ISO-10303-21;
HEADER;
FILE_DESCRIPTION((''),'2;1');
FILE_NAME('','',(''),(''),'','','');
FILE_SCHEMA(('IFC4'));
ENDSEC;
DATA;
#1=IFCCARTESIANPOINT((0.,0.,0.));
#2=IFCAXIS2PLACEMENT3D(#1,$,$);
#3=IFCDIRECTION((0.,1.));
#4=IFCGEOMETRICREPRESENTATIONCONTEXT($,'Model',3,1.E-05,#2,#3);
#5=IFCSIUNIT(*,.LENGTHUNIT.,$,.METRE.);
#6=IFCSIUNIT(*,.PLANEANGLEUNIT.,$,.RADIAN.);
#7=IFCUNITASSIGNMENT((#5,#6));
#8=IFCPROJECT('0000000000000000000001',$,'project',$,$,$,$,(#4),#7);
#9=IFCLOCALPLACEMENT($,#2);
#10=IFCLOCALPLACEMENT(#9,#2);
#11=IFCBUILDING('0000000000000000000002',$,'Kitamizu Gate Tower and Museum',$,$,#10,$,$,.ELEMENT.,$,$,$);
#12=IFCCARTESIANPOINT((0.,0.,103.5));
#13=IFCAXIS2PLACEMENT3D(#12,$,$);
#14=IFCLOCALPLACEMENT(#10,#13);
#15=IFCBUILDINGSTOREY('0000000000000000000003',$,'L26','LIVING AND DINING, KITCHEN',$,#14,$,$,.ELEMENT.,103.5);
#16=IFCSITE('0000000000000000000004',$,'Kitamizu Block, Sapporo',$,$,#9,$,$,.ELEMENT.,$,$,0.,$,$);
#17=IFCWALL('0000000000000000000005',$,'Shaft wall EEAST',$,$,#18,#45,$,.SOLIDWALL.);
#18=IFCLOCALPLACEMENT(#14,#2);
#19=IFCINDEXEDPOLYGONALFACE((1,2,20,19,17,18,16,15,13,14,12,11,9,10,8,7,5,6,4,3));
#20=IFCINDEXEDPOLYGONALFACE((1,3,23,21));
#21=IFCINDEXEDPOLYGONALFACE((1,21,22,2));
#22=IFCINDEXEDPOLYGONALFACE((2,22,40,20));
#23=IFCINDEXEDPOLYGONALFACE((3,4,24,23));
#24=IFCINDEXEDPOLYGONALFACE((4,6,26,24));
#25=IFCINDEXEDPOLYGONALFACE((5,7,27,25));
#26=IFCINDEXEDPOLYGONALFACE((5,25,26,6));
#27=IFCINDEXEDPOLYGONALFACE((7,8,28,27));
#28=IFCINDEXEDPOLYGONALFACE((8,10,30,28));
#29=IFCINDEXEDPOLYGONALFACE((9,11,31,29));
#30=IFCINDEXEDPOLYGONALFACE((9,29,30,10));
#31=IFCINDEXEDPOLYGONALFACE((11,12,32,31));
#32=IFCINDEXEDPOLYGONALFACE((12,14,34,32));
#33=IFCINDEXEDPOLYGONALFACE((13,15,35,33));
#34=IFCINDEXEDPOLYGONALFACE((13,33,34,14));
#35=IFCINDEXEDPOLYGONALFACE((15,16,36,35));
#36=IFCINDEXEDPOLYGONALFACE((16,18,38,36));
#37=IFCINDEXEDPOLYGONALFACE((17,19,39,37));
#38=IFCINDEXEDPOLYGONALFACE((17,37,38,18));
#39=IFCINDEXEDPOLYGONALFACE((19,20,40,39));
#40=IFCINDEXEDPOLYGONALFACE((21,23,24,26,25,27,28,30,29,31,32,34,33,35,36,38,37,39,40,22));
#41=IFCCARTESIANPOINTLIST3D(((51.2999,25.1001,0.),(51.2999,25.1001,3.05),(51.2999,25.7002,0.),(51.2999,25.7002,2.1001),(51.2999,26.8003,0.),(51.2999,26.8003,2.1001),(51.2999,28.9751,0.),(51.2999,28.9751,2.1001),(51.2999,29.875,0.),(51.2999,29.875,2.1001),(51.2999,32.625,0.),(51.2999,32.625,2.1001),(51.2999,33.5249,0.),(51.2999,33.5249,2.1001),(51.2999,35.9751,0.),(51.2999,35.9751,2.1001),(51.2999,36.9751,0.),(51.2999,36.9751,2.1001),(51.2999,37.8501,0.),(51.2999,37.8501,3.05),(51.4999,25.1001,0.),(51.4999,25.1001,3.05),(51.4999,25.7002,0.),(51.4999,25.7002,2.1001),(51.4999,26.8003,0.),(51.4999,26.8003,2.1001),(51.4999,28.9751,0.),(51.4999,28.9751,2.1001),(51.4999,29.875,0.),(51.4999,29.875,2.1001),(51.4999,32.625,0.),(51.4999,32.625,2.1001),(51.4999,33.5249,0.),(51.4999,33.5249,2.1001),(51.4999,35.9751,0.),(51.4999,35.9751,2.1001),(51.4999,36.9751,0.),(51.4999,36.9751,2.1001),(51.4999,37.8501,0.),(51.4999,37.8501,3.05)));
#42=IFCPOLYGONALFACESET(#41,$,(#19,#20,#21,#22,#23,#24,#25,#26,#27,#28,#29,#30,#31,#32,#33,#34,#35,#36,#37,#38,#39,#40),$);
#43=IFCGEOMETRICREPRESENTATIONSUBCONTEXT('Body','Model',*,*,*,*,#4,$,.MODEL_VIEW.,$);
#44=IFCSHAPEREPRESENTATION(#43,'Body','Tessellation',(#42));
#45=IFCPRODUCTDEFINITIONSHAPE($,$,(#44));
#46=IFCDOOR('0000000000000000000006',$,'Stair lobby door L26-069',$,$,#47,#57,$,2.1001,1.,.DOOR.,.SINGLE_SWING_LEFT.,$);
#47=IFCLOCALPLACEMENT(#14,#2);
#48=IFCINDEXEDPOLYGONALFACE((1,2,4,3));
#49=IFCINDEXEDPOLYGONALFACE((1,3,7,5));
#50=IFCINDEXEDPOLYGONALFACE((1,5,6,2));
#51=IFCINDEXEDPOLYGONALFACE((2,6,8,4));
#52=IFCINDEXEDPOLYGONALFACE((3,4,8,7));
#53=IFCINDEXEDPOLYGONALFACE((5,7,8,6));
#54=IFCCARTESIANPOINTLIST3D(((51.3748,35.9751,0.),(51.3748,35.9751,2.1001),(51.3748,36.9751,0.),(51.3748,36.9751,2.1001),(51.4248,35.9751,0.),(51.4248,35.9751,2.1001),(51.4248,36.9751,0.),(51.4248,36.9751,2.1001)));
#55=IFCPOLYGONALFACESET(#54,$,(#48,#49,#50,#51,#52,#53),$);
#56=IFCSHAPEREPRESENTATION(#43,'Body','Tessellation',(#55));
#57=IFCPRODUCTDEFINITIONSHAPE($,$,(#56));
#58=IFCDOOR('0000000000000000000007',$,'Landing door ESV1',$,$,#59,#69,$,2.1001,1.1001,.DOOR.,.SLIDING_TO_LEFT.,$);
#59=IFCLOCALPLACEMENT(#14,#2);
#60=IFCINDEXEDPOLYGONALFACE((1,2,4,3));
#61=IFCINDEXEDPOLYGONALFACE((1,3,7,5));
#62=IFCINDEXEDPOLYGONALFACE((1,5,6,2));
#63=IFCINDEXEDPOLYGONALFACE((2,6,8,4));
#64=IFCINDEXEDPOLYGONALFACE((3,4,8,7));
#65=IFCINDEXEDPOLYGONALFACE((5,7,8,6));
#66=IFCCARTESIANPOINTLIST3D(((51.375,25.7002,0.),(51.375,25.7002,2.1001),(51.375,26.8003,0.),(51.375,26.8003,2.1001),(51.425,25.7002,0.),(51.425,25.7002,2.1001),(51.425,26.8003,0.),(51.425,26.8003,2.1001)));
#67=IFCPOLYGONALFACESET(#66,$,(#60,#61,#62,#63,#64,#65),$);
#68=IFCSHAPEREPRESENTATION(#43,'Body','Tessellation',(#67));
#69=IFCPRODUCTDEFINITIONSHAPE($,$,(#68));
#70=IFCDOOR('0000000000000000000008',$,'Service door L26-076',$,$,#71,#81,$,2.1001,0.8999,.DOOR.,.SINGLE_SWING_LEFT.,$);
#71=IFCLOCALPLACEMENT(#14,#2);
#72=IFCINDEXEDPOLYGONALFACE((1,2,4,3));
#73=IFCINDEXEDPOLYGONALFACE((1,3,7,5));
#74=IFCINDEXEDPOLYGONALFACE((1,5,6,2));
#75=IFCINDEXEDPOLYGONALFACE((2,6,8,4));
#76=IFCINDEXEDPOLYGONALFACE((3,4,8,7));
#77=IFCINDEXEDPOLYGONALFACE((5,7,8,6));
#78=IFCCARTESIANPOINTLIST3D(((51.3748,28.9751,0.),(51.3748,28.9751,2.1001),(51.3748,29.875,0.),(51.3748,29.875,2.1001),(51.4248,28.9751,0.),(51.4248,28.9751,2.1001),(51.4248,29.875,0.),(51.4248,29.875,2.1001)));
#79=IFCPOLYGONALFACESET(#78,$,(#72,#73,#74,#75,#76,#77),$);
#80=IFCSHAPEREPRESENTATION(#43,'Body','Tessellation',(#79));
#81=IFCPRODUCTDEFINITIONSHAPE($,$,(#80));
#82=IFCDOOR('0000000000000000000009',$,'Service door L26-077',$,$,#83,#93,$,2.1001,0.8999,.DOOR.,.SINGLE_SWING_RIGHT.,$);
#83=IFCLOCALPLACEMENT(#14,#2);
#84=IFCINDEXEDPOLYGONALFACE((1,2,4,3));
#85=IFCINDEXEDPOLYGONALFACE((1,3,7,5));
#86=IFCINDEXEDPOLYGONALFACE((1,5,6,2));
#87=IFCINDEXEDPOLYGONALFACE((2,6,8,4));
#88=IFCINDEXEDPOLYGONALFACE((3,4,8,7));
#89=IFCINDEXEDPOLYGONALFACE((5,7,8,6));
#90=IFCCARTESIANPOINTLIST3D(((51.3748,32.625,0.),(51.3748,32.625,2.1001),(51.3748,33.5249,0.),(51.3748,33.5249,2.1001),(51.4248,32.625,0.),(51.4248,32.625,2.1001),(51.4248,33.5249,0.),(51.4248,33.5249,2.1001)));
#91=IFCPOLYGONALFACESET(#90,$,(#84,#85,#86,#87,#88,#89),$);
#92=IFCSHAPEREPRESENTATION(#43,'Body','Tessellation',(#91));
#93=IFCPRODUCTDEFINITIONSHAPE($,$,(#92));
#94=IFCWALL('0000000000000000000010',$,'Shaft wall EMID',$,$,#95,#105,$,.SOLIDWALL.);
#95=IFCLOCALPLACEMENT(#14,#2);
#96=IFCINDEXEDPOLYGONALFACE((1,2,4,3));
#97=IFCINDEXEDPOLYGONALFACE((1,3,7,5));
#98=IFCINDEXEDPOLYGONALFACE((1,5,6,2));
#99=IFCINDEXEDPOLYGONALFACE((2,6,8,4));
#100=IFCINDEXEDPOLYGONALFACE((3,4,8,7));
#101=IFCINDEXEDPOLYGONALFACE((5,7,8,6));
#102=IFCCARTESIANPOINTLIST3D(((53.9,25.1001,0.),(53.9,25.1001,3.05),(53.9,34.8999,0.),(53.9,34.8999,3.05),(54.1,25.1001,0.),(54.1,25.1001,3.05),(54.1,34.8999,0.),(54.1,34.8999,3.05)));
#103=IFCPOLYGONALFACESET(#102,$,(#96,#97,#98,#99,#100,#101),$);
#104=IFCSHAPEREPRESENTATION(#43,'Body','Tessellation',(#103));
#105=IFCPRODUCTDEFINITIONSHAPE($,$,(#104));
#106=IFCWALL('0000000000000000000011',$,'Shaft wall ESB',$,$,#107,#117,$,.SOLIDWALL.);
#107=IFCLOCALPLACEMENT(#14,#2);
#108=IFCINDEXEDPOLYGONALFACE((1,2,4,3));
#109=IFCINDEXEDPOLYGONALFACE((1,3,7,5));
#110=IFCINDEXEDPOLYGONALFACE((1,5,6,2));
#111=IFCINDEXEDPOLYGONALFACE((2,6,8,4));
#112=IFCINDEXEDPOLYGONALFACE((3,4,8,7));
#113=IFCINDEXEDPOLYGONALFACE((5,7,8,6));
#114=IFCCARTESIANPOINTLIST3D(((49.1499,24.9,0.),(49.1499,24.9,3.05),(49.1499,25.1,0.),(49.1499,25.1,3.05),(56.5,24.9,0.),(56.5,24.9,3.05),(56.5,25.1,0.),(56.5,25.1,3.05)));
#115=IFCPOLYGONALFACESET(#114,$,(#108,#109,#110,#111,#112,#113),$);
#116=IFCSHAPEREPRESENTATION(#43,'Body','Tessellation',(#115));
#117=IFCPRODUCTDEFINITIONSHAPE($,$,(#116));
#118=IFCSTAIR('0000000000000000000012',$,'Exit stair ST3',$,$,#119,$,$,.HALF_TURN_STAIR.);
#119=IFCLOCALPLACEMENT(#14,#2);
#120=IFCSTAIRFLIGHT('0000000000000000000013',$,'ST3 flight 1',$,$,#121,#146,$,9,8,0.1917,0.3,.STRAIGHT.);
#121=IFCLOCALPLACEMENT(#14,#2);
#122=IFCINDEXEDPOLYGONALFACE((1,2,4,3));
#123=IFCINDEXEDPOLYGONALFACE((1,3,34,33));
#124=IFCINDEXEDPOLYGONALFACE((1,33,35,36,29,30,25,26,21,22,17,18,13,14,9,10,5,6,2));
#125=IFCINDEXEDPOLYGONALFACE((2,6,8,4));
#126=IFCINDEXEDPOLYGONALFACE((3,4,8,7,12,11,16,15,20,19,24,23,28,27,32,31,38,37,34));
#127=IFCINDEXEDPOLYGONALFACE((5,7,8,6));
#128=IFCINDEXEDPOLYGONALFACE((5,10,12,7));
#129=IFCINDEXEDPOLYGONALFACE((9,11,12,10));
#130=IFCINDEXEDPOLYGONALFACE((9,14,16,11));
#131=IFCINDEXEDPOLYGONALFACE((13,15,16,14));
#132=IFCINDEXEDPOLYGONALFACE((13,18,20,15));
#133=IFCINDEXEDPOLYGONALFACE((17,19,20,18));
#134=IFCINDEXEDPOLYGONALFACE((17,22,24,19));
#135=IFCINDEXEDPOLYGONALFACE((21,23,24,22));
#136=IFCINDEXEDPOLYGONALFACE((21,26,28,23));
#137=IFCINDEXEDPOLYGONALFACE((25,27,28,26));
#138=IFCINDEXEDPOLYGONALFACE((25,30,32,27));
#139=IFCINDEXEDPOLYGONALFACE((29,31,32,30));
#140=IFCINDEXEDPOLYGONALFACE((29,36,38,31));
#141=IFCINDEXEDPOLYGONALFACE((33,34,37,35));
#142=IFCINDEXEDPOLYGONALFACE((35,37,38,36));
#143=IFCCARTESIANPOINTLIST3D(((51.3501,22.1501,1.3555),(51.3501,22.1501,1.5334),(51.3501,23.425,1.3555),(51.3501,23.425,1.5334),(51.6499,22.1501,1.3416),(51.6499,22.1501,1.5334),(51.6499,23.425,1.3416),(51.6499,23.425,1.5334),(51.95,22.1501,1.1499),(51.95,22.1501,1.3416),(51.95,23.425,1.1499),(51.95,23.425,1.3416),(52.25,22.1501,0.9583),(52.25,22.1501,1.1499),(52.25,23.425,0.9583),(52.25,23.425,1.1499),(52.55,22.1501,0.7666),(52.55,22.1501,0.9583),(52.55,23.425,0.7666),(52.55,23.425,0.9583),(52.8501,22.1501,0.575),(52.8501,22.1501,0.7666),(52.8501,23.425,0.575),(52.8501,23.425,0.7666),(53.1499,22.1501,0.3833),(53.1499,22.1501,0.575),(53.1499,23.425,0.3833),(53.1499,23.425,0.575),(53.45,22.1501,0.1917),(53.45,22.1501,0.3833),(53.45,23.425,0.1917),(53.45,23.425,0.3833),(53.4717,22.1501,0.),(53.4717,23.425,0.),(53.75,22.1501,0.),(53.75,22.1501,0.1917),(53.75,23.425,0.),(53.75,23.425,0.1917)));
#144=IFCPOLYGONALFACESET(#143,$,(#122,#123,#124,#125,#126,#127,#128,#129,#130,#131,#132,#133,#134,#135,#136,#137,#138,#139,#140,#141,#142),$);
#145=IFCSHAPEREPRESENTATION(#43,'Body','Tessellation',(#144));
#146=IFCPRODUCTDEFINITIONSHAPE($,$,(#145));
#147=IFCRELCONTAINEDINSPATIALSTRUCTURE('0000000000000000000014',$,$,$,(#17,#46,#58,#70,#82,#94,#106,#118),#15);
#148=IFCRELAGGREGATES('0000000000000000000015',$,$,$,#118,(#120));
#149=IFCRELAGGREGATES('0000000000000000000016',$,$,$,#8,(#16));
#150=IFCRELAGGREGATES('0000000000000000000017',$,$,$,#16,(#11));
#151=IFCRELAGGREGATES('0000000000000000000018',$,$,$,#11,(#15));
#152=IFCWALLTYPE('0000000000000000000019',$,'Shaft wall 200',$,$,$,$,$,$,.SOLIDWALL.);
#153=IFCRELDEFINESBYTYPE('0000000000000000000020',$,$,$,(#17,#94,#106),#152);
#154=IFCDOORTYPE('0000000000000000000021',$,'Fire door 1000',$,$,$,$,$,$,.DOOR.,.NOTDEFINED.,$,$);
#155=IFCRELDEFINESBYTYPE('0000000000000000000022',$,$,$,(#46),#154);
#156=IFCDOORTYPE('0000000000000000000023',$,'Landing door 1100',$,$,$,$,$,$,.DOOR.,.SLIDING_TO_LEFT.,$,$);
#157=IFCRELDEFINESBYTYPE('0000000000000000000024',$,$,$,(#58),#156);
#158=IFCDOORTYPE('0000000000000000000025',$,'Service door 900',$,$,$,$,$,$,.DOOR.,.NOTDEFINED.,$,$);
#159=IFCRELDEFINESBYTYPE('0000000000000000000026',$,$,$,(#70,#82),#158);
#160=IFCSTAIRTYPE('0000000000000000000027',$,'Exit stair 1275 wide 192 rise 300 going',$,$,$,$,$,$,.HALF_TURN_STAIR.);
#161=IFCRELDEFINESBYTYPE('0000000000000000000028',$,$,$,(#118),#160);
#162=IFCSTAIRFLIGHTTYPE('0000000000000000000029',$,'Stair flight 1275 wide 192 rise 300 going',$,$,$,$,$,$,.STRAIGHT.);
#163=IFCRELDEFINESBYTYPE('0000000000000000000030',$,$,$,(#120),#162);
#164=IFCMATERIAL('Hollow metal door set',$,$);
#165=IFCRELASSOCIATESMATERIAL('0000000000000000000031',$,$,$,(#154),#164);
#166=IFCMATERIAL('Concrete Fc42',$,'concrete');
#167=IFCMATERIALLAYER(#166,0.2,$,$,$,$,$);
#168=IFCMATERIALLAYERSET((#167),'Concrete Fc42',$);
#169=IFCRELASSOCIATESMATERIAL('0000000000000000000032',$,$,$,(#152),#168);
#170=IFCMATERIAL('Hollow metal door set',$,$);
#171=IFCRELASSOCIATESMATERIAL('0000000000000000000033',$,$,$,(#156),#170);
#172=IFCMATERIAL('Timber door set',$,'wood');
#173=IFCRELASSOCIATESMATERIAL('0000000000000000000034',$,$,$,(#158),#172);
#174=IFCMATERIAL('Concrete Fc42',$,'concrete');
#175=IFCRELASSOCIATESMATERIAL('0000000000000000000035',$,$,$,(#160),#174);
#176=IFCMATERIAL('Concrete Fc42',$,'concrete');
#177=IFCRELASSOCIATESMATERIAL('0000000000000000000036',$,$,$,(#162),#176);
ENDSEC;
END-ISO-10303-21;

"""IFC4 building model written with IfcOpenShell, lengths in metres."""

from ifc_helpers import new_model, si_unit, direction, frame, frame_2d, origin, place, context, subcontext, project, spatial, polyline, rectangle, outline, extrude, material, layer, layer_set, type_object, element, fill, aggregate, save


model = new_model("IFC4")

# Units and contexts
model_context = context("Model", 3, precision=1e-05, world=origin(), true_north=direction((0.0, 1.0)))
body_context = subcontext(model_context, "Body", "Model", "MODEL_VIEW")
ifc_project = project(units=[si_unit("LENGTHUNIT", "METRE"), si_unit("PLANEANGLEUNIT", "RADIAN")], contexts=[model_context])

# Site, building, storey
site_placement = place(None, origin())
site = spatial("IfcSite", under=ifc_project, at=site_placement, Name="Kitamizu Block, Sapporo", CompositionType="ELEMENT", RefElevation=0.0)
building_placement = place(site_placement, origin())
building = spatial("IfcBuilding", under=site, at=building_placement, Name="Kitamizu Gate Tower and Museum", CompositionType="ELEMENT")
storey_placement = place(building_placement, frame((0.0, 0.0, 103.5)))
storey = spatial("IfcBuildingStorey", under=building, at=storey_placement, Name="L26", Description="LIVING AND DINING, KITCHEN", CompositionType="ELEMENT", Elevation=103.5)

# Wall, openings, doors
ifc_material_1 = material(Name="Hollow metal door set")
door_type_1 = type_object("IfcDoorType", Name="Fire door 1000", OperationType="NOTDEFINED", PredefinedType="DOOR", material=ifc_material_1)
ifc_material_2 = material(Name="Concrete Fc42", Category="concrete")
ifc_layer_1 = layer(ifc_material_2, 0.2)
ifc_layer_set_1 = layer_set([ifc_layer_1], Name="Concrete Fc42")
wall_type_1 = type_object("IfcWallType", Name="Shaft wall 200", PredefinedType="SOLIDWALL", material=ifc_layer_set_1)
ifc_material_3 = material(Name="Hollow metal door set")
door_type_2 = type_object("IfcDoorType", Name="Landing door 1100", OperationType="SLIDING_TO_LEFT", PredefinedType="DOOR", material=ifc_material_3)
wall_1_placement = place(storey_placement, frame((51.3999, 25.1001, 0.0), z_axis=(0.0, 0.0, 1.0), x_axis=(0.0, 1.0, 0.0)))
wall_1 = element("IfcWall", 1, at=wall_1_placement, inside=storey, type_object=wall_type_1, Name="Shaft wall EEAST", PredefinedType="SOLIDWALL", context=body_context, shape_type="SweptSolid", body=[
    extrude(rectangle(XDim=12.75, YDim=0.2, at=frame_2d((6.375, 0.0))), origin(), (0.0, 0.0, 1.0), 3.05),
])
opening_1_placement = place(wall_1_placement, frame((0.6001, 0.0, 0.0)))
opening_1 = element("IfcOpeningElement", 2, at=opening_1_placement, cuts=wall_1, PredefinedType="OPENING", context=body_context, shape_type="SweptSolid", body=[
    extrude(rectangle(XDim=1.1001, YDim=2.1001, at=frame_2d((0.55, 1.05))), frame((0.0, 0.1099, 0.0), z_axis=(0.0, -1.0, 0.0), x_axis=(1.0, 0.0, 0.0)), (0.0, 0.0, 1.0), 0.22),
])
opening_2_placement = place(wall_1_placement, frame((10.875, 0.0, 0.0)))
opening_2 = element("IfcOpeningElement", 3, at=opening_2_placement, cuts=wall_1, PredefinedType="OPENING", context=body_context, shape_type="SweptSolid", body=[
    extrude(rectangle(XDim=1.0, YDim=2.1001, at=frame_2d((0.5, 1.05))), frame((0.0, 0.1099, 0.0), z_axis=(0.0, -1.0, 0.0), x_axis=(1.0, 0.0, 0.0)), (0.0, 0.0, 1.0), 0.22),
])
opening_3_placement = place(wall_1_placement, frame((3.875, 0.0, 0.0)))
opening_3 = element("IfcOpeningElement", 4, at=opening_3_placement, cuts=wall_1, PredefinedType="OPENING", context=body_context, shape_type="SweptSolid", body=[
    extrude(rectangle(XDim=0.8999, YDim=2.1001, at=frame_2d((0.45, 1.05))), frame((0.0, 0.1099, 0.0), z_axis=(0.0, -1.0, 0.0), x_axis=(1.0, 0.0, 0.0)), (0.0, 0.0, 1.0), 0.22),
])
opening_4_placement = place(wall_1_placement, frame((7.5249, 0.0, 0.0)))
opening_4 = element("IfcOpeningElement", 5, at=opening_4_placement, cuts=wall_1, PredefinedType="OPENING", context=body_context, shape_type="SweptSolid", body=[
    extrude(rectangle(XDim=0.8999, YDim=2.1001, at=frame_2d((0.45, 1.05))), frame((0.0, 0.1099, 0.0), z_axis=(0.0, -1.0, 0.0), x_axis=(1.0, 0.0, 0.0)), (0.0, 0.0, 1.0), 0.22),
])
door_1_placement = place(opening_2_placement, frame((1.0, 0.0, 0.0), x_axis=(-1.0, 0.0, 0.0)))
door_1 = element("IfcDoor", 6, at=door_1_placement, inside=storey, type_object=door_type_1, Name="Stair lobby door L26-069", OperationType="SINGLE_SWING_LEFT", OverallHeight=2.1001, OverallWidth=1.0, PredefinedType="DOOR", context=body_context, shape_type="SweptSolid", body=[
    extrude(rectangle(XDim=1.0, YDim=2.1001, at=frame_2d((0.5, 1.05))), frame((0.0, 0.0249, 0.0), z_axis=(0.0, -1.0, 0.0), x_axis=(1.0, 0.0, 0.0)), (0.0, 0.0, 1.0), 0.05),
])
fill(opening_2, door_1)
door_2_placement = place(opening_1_placement, origin())
door_2 = element("IfcDoor", 7, at=door_2_placement, inside=storey, type_object=door_type_2, Name="Landing door ESV1", OperationType="SLIDING_TO_LEFT", OverallHeight=2.1001, OverallWidth=1.1001, PredefinedType="DOOR", context=body_context, shape_type="SweptSolid", body=[
    extrude(rectangle(XDim=1.1001, YDim=2.1001, at=frame_2d((0.55, 1.05))), frame((0.0, 0.0249, 0.0), z_axis=(0.0, -1.0, 0.0), x_axis=(1.0, 0.0, 0.0)), (0.0, 0.0, 1.0), 0.05),
])
fill(opening_1, door_2)
ifc_material_4 = material(Name="Timber door set", Category="wood")
door_type_3 = type_object("IfcDoorType", Name="Service door 900", OperationType="NOTDEFINED", PredefinedType="DOOR", material=ifc_material_4)
door_3_placement = place(opening_3_placement, frame((0.8999, 0.0, 0.0), x_axis=(-1.0, 0.0, 0.0)))
door_3 = element("IfcDoor", 8, at=door_3_placement, inside=storey, type_object=door_type_3, Name="Service door L26-076", OperationType="SINGLE_SWING_LEFT", OverallHeight=2.1001, OverallWidth=0.8999, PredefinedType="DOOR", context=body_context, shape_type="SweptSolid", body=[
    extrude(rectangle(XDim=0.8999, YDim=2.1001, at=frame_2d((0.45, 1.05))), frame((0.0, 0.0249, 0.0), z_axis=(0.0, -1.0, 0.0), x_axis=(1.0, 0.0, 0.0)), (0.0, 0.0, 1.0), 0.05),
])
fill(opening_3, door_3)
door_4_placement = place(opening_4_placement, frame((0.8999, 0.0, 0.0), x_axis=(-1.0, 0.0, 0.0)))
door_4 = element("IfcDoor", 9, at=door_4_placement, inside=storey, type_object=door_type_3, Name="Service door L26-077", OperationType="SINGLE_SWING_RIGHT", OverallHeight=2.1001, OverallWidth=0.8999, PredefinedType="DOOR", context=body_context, shape_type="SweptSolid", body=[
    extrude(rectangle(XDim=0.8999, YDim=2.1001, at=frame_2d((0.45, 1.05))), frame((0.0, 0.0249, 0.0), z_axis=(0.0, -1.0, 0.0), x_axis=(1.0, 0.0, 0.0)), (0.0, 0.0, 1.0), 0.05),
])
fill(opening_4, door_4)

# Walls
wall_2_placement = place(storey_placement, frame((54.0, 25.1001, 0.0), z_axis=(0.0, 0.0, 1.0), x_axis=(0.0, 1.0, 0.0)))
element("IfcWall", 10, at=wall_2_placement, inside=storey, type_object=wall_type_1, Name="Shaft wall EMID", PredefinedType="SOLIDWALL", context=body_context, shape_type="SweptSolid", body=[
    extrude(rectangle(XDim=9.7998, YDim=0.2, at=frame_2d((4.8999, 0.0))), origin(), (0.0, 0.0, 1.0), 3.05),
])
wall_3_placement = place(storey_placement, frame((56.5, 25.0, 0.0), z_axis=(0.0, 0.0, 1.0), x_axis=(-1.0, 0.0, 0.0)))
element("IfcWall", 11, at=wall_3_placement, inside=storey, type_object=wall_type_1, Name="Shaft wall ESB", PredefinedType="SOLIDWALL", context=body_context, shape_type="SweptSolid", body=[
    extrude(rectangle(XDim=7.3501, YDim=0.2, at=frame_2d((3.675, 0.0))), origin(), (0.0, 0.0, 1.0), 3.05),
])

# Stair, stair flight
ifc_material_5 = material(Name="Concrete Fc42", Category="concrete")
stair_type = type_object("IfcStairType", Name="Exit stair 1275 wide 192 rise 300 going", PredefinedType="HALF_TURN_STAIR", material=ifc_material_5)
stair_placement = place(storey_placement, origin())
stair = element("IfcStair", 12, at=stair_placement, inside=storey, type_object=stair_type, Name="Exit stair ST3", PredefinedType="HALF_TURN_STAIR")
ifc_material_6 = material(Name="Concrete Fc42", Category="concrete")
stair_flight_type = type_object("IfcStairFlightType", Name="Stair flight 1275 wide 192 rise 300 going", PredefinedType="STRAIGHT", material=ifc_material_6)
stair_flight_1_placement = place(storey_placement, frame((53.75, 22.7876, 0.0), z_axis=(0.0, 0.0, 1.0), x_axis=(-1.0, 0.0, 0.0)))
stair_flight_1 = element("IfcStairFlight", 13, at=stair_flight_1_placement, type_object=stair_flight_type, Name="ST3 flight 1", NumberOfRisers=9, NumberOfTreads=8, PredefinedType="STRAIGHT", RiserHeight=0.1917, TreadLength=0.3, context=body_context, shape_type="SweptSolid", body=[
    extrude(outline(polyline([(0.0, 0.0), (0.0, 0.1917), (0.3, 0.1917), (0.3, 0.3833), (0.6001, 0.3833), (0.6001, 0.575), (0.8999, 0.575), (0.8999, 0.7666), (1.2, 0.7666), (1.2, 0.9583), (1.5, 0.9583), (1.5, 1.1499), (1.8, 1.1499), (1.8, 1.3416), (2.1001, 1.3416), (2.1001, 1.5334), (2.3999, 1.5334), (2.3999, 1.7251), (2.3999, 1.3555), (0.2783, 0.0), (0.0, 0.0)])), frame((0.0, 0.6375, 0.0), z_axis=(0.0, -1.0, 0.0), x_axis=(1.0, 0.0, 0.0)), (0.0, 0.0, 1.0), 1.2749),
])
aggregate(stair, [stair_flight_1])

save(model, "model.ifc")
